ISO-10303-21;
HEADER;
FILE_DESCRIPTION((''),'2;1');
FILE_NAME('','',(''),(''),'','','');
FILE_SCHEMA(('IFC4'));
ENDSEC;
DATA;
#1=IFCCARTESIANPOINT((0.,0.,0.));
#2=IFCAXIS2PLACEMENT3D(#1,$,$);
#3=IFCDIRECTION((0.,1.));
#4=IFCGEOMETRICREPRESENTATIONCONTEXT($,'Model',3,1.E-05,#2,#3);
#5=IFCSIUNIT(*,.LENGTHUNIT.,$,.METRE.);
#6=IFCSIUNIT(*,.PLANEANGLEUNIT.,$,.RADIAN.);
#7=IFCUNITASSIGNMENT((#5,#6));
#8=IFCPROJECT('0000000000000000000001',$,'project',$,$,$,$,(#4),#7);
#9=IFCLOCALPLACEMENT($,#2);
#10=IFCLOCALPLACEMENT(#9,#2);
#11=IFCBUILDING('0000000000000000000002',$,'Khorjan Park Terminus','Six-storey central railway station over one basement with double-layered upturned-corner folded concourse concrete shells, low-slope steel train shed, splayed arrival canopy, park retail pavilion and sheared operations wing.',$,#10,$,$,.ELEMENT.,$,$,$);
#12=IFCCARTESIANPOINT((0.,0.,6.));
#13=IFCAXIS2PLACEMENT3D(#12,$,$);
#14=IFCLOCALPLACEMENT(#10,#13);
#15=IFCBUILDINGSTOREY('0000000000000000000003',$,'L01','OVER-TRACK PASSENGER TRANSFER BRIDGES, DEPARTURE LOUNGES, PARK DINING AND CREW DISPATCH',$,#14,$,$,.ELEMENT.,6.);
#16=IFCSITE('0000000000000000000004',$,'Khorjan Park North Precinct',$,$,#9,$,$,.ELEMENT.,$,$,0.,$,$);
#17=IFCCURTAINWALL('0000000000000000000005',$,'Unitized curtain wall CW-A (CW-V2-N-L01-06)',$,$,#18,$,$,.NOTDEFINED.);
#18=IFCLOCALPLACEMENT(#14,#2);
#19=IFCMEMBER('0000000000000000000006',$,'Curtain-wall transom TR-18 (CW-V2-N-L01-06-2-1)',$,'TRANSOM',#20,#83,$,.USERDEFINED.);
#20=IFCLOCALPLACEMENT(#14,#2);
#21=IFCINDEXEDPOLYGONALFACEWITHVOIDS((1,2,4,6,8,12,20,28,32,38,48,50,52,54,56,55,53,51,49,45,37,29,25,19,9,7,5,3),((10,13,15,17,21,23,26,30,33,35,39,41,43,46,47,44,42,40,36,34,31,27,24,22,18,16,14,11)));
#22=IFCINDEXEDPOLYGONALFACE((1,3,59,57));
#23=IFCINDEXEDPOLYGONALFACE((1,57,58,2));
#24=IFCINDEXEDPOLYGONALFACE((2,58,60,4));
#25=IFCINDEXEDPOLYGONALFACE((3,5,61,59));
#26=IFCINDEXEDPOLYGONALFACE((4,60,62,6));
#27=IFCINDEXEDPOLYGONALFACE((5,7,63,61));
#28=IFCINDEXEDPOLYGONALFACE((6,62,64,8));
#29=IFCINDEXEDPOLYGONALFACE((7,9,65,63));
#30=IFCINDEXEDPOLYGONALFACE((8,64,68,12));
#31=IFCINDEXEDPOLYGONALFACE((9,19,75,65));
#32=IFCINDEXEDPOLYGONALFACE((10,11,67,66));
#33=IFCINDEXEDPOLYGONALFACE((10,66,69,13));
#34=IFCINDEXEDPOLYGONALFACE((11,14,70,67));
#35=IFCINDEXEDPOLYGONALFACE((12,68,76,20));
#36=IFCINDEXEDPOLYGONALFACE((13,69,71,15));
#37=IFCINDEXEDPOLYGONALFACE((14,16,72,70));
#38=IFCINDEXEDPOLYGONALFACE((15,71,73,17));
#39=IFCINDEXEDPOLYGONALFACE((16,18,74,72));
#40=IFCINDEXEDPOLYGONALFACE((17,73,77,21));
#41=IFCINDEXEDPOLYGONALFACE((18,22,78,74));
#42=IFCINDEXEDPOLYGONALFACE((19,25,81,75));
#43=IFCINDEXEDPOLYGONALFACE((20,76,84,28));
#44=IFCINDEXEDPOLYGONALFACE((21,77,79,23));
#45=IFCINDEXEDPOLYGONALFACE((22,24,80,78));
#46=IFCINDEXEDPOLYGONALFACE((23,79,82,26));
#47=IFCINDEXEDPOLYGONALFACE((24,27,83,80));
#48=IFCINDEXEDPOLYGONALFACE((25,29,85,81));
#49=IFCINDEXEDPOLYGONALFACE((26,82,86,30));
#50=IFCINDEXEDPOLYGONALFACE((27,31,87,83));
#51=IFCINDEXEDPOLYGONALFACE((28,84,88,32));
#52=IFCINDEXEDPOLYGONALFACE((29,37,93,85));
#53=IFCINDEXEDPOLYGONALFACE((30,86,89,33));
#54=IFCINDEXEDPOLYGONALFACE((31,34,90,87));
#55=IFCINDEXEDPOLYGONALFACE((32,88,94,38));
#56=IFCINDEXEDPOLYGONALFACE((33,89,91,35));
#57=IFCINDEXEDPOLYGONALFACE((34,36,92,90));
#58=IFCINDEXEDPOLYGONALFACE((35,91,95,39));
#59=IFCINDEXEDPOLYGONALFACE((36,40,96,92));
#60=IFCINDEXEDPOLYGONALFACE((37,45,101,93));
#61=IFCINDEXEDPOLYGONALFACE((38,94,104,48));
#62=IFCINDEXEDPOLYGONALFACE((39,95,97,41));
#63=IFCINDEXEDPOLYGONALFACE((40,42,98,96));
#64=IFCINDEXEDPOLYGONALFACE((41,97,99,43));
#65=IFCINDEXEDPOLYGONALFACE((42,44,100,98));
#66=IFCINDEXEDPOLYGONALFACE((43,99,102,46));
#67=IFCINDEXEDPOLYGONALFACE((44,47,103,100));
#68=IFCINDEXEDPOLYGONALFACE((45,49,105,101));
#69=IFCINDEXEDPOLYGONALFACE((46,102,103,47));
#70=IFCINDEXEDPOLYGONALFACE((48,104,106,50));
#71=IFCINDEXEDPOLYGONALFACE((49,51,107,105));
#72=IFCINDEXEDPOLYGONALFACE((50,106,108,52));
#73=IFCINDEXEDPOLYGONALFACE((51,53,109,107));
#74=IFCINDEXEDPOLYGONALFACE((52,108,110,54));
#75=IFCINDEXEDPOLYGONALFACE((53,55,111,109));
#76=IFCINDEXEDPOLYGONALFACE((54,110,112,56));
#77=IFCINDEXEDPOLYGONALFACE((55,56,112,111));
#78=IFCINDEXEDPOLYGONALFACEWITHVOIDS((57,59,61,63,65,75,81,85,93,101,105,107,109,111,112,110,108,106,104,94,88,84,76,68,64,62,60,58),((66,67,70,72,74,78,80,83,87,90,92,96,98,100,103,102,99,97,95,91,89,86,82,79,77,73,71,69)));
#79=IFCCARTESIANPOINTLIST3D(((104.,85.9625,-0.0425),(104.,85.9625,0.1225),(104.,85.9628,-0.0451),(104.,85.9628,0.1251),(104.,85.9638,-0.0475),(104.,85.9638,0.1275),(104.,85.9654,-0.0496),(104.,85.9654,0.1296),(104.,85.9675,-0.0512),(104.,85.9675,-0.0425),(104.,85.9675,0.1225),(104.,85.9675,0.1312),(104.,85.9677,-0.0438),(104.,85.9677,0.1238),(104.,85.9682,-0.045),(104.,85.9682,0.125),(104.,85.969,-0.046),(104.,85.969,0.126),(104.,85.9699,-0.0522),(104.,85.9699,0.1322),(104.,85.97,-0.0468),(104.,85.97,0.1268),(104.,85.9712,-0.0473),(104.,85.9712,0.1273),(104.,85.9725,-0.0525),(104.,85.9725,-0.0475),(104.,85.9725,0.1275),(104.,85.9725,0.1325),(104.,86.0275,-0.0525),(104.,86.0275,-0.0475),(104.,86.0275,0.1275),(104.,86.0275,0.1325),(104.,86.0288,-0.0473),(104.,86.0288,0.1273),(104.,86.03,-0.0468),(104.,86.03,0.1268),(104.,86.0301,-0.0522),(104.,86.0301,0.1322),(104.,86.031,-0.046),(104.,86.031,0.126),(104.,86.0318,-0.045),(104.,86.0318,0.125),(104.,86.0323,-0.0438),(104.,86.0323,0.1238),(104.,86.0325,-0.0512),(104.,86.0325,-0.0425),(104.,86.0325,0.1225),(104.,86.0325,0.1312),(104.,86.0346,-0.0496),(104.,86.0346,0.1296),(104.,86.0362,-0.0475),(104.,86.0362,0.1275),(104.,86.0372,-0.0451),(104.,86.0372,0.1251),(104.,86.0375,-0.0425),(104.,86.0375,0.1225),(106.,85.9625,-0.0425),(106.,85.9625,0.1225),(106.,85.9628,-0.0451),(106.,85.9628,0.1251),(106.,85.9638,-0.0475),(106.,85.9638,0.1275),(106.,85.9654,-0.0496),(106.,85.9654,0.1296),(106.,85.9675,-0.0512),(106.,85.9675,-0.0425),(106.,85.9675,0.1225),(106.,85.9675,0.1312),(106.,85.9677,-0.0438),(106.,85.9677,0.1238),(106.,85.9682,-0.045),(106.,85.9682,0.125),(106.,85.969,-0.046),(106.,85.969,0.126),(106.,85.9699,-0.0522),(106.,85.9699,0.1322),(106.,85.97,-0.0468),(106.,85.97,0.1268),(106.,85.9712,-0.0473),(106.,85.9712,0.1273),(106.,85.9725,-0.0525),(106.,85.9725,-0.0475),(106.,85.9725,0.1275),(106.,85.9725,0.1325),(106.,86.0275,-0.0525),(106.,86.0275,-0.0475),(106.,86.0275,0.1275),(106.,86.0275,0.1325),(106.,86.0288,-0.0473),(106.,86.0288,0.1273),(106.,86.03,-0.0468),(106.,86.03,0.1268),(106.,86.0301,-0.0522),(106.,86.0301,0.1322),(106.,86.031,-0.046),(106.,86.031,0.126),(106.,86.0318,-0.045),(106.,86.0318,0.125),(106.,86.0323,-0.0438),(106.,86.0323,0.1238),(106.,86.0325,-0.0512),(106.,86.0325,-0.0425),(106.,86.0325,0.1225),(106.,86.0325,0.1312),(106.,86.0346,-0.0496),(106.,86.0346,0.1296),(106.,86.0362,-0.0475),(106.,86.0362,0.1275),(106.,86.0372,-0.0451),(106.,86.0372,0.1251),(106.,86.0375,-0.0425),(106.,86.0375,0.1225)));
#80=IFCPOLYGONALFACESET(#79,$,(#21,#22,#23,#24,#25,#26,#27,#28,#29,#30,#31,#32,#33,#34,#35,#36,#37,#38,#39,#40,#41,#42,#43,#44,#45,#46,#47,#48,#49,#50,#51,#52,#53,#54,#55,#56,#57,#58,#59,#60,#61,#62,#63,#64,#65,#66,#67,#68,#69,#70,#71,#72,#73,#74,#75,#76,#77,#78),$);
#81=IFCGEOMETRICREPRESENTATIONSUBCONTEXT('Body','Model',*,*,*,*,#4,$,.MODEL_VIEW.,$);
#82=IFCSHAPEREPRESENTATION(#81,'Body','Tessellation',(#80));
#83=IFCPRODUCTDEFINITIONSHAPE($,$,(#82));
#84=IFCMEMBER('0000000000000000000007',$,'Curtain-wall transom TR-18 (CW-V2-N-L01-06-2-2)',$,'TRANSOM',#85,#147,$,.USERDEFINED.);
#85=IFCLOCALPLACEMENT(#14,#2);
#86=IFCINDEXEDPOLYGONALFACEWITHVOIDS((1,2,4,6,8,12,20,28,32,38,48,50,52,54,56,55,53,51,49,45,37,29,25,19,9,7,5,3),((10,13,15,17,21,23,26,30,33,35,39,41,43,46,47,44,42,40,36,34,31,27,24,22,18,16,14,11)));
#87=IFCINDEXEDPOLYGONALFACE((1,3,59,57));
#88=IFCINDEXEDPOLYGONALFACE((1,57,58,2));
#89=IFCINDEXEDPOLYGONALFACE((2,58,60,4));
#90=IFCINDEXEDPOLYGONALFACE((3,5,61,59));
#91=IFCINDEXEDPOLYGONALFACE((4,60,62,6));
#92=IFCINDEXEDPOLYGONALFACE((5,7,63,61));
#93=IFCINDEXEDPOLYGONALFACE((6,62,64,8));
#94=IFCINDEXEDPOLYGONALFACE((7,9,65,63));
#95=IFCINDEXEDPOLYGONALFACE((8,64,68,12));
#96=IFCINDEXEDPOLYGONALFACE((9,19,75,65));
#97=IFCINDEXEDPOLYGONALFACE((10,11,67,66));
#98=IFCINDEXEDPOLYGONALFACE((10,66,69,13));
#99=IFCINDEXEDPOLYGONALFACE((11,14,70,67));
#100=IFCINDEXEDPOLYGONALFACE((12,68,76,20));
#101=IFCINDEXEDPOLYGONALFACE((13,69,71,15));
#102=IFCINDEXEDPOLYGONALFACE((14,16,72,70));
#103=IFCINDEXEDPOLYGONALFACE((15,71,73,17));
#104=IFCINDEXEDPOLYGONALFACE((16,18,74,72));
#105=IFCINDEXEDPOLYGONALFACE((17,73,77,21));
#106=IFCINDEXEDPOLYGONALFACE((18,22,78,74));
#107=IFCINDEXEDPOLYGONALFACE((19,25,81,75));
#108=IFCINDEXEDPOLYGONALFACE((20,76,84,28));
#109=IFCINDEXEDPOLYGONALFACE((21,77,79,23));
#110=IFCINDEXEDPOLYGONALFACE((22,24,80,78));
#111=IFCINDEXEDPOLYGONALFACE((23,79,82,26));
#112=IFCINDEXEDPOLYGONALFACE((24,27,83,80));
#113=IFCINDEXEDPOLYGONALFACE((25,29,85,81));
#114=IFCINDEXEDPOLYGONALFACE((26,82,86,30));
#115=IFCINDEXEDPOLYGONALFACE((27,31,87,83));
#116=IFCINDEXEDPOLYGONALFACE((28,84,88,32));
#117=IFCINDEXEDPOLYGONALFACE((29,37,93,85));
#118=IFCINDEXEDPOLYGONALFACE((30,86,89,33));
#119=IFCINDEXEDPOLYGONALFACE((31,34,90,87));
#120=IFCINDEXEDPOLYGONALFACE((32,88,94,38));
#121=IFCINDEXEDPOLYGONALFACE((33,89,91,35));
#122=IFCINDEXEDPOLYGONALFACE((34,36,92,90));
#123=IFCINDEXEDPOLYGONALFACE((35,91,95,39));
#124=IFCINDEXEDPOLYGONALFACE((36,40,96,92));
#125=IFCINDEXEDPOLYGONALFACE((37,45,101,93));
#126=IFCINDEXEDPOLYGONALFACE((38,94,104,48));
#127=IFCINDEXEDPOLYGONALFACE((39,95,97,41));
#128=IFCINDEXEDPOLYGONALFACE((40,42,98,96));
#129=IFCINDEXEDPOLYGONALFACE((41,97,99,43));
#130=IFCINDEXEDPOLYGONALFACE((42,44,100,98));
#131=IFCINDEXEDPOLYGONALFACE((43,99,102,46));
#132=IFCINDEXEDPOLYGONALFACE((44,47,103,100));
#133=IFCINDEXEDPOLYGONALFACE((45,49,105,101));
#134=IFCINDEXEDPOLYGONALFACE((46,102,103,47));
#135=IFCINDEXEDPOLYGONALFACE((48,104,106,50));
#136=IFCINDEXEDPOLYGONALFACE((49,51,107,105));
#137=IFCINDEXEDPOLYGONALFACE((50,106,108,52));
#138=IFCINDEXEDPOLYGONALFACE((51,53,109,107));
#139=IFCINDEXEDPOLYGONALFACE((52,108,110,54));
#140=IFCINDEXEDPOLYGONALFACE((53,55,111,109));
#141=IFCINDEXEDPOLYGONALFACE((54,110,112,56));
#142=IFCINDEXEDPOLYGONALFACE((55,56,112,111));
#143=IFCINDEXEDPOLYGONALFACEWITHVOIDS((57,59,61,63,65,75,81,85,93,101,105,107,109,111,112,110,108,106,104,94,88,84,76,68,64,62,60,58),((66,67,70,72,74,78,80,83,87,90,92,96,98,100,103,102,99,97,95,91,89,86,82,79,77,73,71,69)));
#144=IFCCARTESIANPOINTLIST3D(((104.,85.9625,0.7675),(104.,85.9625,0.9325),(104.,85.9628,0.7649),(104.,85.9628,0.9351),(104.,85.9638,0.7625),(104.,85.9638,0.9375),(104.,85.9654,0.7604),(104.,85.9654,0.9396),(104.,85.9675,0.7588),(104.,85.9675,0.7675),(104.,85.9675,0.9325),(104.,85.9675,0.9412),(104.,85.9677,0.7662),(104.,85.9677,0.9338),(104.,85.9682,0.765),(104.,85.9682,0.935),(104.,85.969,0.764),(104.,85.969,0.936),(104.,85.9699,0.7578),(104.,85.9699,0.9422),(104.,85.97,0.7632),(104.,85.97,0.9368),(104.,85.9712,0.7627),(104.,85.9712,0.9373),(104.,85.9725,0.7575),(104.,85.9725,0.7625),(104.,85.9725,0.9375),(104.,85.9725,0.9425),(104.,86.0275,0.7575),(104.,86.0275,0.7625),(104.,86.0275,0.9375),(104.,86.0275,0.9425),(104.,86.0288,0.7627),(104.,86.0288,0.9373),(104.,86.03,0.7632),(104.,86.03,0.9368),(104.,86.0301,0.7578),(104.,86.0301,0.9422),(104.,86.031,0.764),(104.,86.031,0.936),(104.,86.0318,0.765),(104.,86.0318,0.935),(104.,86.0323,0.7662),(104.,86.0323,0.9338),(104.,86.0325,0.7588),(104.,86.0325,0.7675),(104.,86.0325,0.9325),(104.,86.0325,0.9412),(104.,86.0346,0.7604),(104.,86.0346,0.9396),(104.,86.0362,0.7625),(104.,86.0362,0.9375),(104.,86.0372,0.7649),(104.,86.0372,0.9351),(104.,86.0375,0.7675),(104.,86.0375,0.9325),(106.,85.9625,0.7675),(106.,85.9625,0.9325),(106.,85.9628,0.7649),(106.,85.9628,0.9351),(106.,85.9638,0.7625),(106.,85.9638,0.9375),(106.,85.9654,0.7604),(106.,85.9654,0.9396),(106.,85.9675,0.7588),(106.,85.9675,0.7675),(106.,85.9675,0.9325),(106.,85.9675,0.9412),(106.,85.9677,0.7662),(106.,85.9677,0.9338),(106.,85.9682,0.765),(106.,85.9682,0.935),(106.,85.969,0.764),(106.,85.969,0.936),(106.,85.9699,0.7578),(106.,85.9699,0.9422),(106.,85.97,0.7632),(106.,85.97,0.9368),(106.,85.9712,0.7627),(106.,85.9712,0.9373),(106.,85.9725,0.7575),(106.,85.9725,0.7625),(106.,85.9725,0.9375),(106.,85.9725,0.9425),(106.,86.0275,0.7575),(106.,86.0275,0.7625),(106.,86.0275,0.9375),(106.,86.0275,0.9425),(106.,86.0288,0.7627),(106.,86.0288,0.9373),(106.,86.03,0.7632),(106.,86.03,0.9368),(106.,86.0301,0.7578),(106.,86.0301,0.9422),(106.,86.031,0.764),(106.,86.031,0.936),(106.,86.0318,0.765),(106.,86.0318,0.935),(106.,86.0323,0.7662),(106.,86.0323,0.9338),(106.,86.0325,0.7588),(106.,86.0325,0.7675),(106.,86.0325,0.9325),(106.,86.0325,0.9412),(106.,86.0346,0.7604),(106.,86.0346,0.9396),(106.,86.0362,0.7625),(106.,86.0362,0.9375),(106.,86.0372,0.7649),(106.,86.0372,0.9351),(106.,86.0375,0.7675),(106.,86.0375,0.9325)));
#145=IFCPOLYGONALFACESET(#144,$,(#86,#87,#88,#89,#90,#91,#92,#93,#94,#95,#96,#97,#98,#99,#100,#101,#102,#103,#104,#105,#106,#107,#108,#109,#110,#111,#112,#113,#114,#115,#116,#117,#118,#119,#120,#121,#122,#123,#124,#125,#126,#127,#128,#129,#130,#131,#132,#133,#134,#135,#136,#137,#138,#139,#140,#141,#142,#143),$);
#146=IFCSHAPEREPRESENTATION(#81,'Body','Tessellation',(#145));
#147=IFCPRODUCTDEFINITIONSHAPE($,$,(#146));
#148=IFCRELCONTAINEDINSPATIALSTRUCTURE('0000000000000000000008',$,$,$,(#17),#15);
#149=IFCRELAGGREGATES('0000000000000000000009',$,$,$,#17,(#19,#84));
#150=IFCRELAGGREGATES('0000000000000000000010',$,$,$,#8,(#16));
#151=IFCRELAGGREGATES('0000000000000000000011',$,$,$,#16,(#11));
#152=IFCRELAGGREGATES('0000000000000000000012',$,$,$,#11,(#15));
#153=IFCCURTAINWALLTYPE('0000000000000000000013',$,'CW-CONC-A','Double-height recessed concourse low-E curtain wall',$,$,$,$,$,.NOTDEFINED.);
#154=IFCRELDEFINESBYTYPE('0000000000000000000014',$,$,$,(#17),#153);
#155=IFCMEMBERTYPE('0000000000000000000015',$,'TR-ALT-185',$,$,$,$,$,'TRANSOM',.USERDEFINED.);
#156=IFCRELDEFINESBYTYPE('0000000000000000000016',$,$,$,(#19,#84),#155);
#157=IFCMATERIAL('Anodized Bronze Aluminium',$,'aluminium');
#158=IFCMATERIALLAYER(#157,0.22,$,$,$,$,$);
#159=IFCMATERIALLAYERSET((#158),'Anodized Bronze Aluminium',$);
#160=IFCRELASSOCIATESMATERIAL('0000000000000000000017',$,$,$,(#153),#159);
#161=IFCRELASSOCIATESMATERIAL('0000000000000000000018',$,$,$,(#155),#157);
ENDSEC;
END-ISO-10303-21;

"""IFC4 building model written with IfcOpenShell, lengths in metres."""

from ifc_helpers import new_model, si_unit, direction, frame, origin, origin_2d, place, context, subcontext, project, spatial, hollow_rectangle, extrude, material, layer, layer_set, material_profile, profile_set, type_object, element, aggregate, save


model = new_model("IFC4")

# Units and contexts
model_context = context("Model", 3, precision=1e-05, world=origin(), true_north=direction((0.0, 1.0)))
body_context = subcontext(model_context, "Body", "Model", "MODEL_VIEW")
ifc_project = project(units=[si_unit("LENGTHUNIT", "METRE"), si_unit("PLANEANGLEUNIT", "RADIAN")], contexts=[model_context])

# Site, building, storey
site_placement = place(None, origin())
site = spatial("IfcSite", under=ifc_project, at=site_placement, Name="Khorjan Park North Precinct", CompositionType="ELEMENT", RefElevation=0.0)
building_placement = place(site_placement, origin())
building = spatial("IfcBuilding", under=site, at=building_placement, Name="Khorjan Park Terminus", Description="Six-storey central railway station over one basement with double-layered upturned-corner folded concourse concrete shells, low-slope steel train shed, splayed arrival canopy, park retail pavilion and sheared operations wing.", CompositionType="ELEMENT")
storey_placement = place(building_placement, frame((0.0, 0.0, 6.0)))
storey = spatial("IfcBuildingStorey", under=building, at=storey_placement, Name="L01", Description="OVER-TRACK PASSENGER TRANSFER BRIDGES, DEPARTURE LOUNGES, PARK DINING AND CREW DISPATCH", CompositionType="ELEMENT", Elevation=6.0)

# Shared definitions
ifc_material_1 = material(Name="Anodized Bronze Aluminium", Category="aluminium")
ifc_layer_1 = layer(ifc_material_1, 0.22)
ifc_layer_set_1 = layer_set([ifc_layer_1], Name="Anodized Bronze Aluminium")
curtain_wall_type = type_object("IfcCurtainWallType", Name="CW-CONC-A", Description="Double-height recessed concourse low-E curtain wall", PredefinedType="NOTDEFINED", material=ifc_layer_set_1)

# Curtain wall
curtain_wall_1_placement = place(storey_placement, origin())
curtain_wall_1 = element("IfcCurtainWall", 1, at=curtain_wall_1_placement, inside=storey, type_object=curtain_wall_type, Name="Unitized curtain wall CW-A (CW-V2-N-L01-06)", PredefinedType="NOTDEFINED")

# Members
ifc_material_profile_1 = material_profile(ifc_material_1, hollow_rectangle(XDim=0.075, YDim=0.185, WallThickness=0.005, InnerFilletRadius=0.005, OuterFilletRadius=0.01, at=origin_2d()), Name="ALT 75x185x5")
ifc_profile_set_1 = profile_set([ifc_material_profile_1], Name="Anodized Bronze Aluminium")
member_type_1 = type_object("IfcMemberType", Name="TR-ALT-185", ElementType="TRANSOM", PredefinedType="USERDEFINED", material=ifc_profile_set_1)
member_1_placement = place(storey_placement, frame((106.0, 86.0, 0.04), z_axis=(-1.0, 0.0, 0.0), x_axis=(0.0, -1.0, 0.0)))
member_1 = element("IfcMember", 2, at=member_1_placement, type_object=member_type_1, Name="Curtain-wall transom TR-18 (CW-V2-N-L01-06-2-1)", ObjectType="TRANSOM", PredefinedType="USERDEFINED", context=body_context, shape_type="SweptSolid", body=[
    extrude(hollow_rectangle(XDim=0.075, YDim=0.185, WallThickness=0.005, InnerFilletRadius=0.005, OuterFilletRadius=0.01, at=origin_2d()), origin(), (0.0, 0.0, 1.0), 2.0),
])
member_2_placement = place(storey_placement, frame((106.0, 86.0, 0.85), z_axis=(-1.0, 0.0, 0.0), x_axis=(0.0, -1.0, 0.0)))
member_2 = element("IfcMember", 3, at=member_2_placement, type_object=member_type_1, Name="Curtain-wall transom TR-18 (CW-V2-N-L01-06-2-2)", ObjectType="TRANSOM", PredefinedType="USERDEFINED", context=body_context, shape_type="SweptSolid", body=[
    extrude(hollow_rectangle(XDim=0.075, YDim=0.185, WallThickness=0.005, InnerFilletRadius=0.005, OuterFilletRadius=0.01, at=origin_2d()), origin(), (0.0, 0.0, 1.0), 2.0),
])

aggregate(curtain_wall_1, [member_1, member_2])

save(model, "model.ifc")
